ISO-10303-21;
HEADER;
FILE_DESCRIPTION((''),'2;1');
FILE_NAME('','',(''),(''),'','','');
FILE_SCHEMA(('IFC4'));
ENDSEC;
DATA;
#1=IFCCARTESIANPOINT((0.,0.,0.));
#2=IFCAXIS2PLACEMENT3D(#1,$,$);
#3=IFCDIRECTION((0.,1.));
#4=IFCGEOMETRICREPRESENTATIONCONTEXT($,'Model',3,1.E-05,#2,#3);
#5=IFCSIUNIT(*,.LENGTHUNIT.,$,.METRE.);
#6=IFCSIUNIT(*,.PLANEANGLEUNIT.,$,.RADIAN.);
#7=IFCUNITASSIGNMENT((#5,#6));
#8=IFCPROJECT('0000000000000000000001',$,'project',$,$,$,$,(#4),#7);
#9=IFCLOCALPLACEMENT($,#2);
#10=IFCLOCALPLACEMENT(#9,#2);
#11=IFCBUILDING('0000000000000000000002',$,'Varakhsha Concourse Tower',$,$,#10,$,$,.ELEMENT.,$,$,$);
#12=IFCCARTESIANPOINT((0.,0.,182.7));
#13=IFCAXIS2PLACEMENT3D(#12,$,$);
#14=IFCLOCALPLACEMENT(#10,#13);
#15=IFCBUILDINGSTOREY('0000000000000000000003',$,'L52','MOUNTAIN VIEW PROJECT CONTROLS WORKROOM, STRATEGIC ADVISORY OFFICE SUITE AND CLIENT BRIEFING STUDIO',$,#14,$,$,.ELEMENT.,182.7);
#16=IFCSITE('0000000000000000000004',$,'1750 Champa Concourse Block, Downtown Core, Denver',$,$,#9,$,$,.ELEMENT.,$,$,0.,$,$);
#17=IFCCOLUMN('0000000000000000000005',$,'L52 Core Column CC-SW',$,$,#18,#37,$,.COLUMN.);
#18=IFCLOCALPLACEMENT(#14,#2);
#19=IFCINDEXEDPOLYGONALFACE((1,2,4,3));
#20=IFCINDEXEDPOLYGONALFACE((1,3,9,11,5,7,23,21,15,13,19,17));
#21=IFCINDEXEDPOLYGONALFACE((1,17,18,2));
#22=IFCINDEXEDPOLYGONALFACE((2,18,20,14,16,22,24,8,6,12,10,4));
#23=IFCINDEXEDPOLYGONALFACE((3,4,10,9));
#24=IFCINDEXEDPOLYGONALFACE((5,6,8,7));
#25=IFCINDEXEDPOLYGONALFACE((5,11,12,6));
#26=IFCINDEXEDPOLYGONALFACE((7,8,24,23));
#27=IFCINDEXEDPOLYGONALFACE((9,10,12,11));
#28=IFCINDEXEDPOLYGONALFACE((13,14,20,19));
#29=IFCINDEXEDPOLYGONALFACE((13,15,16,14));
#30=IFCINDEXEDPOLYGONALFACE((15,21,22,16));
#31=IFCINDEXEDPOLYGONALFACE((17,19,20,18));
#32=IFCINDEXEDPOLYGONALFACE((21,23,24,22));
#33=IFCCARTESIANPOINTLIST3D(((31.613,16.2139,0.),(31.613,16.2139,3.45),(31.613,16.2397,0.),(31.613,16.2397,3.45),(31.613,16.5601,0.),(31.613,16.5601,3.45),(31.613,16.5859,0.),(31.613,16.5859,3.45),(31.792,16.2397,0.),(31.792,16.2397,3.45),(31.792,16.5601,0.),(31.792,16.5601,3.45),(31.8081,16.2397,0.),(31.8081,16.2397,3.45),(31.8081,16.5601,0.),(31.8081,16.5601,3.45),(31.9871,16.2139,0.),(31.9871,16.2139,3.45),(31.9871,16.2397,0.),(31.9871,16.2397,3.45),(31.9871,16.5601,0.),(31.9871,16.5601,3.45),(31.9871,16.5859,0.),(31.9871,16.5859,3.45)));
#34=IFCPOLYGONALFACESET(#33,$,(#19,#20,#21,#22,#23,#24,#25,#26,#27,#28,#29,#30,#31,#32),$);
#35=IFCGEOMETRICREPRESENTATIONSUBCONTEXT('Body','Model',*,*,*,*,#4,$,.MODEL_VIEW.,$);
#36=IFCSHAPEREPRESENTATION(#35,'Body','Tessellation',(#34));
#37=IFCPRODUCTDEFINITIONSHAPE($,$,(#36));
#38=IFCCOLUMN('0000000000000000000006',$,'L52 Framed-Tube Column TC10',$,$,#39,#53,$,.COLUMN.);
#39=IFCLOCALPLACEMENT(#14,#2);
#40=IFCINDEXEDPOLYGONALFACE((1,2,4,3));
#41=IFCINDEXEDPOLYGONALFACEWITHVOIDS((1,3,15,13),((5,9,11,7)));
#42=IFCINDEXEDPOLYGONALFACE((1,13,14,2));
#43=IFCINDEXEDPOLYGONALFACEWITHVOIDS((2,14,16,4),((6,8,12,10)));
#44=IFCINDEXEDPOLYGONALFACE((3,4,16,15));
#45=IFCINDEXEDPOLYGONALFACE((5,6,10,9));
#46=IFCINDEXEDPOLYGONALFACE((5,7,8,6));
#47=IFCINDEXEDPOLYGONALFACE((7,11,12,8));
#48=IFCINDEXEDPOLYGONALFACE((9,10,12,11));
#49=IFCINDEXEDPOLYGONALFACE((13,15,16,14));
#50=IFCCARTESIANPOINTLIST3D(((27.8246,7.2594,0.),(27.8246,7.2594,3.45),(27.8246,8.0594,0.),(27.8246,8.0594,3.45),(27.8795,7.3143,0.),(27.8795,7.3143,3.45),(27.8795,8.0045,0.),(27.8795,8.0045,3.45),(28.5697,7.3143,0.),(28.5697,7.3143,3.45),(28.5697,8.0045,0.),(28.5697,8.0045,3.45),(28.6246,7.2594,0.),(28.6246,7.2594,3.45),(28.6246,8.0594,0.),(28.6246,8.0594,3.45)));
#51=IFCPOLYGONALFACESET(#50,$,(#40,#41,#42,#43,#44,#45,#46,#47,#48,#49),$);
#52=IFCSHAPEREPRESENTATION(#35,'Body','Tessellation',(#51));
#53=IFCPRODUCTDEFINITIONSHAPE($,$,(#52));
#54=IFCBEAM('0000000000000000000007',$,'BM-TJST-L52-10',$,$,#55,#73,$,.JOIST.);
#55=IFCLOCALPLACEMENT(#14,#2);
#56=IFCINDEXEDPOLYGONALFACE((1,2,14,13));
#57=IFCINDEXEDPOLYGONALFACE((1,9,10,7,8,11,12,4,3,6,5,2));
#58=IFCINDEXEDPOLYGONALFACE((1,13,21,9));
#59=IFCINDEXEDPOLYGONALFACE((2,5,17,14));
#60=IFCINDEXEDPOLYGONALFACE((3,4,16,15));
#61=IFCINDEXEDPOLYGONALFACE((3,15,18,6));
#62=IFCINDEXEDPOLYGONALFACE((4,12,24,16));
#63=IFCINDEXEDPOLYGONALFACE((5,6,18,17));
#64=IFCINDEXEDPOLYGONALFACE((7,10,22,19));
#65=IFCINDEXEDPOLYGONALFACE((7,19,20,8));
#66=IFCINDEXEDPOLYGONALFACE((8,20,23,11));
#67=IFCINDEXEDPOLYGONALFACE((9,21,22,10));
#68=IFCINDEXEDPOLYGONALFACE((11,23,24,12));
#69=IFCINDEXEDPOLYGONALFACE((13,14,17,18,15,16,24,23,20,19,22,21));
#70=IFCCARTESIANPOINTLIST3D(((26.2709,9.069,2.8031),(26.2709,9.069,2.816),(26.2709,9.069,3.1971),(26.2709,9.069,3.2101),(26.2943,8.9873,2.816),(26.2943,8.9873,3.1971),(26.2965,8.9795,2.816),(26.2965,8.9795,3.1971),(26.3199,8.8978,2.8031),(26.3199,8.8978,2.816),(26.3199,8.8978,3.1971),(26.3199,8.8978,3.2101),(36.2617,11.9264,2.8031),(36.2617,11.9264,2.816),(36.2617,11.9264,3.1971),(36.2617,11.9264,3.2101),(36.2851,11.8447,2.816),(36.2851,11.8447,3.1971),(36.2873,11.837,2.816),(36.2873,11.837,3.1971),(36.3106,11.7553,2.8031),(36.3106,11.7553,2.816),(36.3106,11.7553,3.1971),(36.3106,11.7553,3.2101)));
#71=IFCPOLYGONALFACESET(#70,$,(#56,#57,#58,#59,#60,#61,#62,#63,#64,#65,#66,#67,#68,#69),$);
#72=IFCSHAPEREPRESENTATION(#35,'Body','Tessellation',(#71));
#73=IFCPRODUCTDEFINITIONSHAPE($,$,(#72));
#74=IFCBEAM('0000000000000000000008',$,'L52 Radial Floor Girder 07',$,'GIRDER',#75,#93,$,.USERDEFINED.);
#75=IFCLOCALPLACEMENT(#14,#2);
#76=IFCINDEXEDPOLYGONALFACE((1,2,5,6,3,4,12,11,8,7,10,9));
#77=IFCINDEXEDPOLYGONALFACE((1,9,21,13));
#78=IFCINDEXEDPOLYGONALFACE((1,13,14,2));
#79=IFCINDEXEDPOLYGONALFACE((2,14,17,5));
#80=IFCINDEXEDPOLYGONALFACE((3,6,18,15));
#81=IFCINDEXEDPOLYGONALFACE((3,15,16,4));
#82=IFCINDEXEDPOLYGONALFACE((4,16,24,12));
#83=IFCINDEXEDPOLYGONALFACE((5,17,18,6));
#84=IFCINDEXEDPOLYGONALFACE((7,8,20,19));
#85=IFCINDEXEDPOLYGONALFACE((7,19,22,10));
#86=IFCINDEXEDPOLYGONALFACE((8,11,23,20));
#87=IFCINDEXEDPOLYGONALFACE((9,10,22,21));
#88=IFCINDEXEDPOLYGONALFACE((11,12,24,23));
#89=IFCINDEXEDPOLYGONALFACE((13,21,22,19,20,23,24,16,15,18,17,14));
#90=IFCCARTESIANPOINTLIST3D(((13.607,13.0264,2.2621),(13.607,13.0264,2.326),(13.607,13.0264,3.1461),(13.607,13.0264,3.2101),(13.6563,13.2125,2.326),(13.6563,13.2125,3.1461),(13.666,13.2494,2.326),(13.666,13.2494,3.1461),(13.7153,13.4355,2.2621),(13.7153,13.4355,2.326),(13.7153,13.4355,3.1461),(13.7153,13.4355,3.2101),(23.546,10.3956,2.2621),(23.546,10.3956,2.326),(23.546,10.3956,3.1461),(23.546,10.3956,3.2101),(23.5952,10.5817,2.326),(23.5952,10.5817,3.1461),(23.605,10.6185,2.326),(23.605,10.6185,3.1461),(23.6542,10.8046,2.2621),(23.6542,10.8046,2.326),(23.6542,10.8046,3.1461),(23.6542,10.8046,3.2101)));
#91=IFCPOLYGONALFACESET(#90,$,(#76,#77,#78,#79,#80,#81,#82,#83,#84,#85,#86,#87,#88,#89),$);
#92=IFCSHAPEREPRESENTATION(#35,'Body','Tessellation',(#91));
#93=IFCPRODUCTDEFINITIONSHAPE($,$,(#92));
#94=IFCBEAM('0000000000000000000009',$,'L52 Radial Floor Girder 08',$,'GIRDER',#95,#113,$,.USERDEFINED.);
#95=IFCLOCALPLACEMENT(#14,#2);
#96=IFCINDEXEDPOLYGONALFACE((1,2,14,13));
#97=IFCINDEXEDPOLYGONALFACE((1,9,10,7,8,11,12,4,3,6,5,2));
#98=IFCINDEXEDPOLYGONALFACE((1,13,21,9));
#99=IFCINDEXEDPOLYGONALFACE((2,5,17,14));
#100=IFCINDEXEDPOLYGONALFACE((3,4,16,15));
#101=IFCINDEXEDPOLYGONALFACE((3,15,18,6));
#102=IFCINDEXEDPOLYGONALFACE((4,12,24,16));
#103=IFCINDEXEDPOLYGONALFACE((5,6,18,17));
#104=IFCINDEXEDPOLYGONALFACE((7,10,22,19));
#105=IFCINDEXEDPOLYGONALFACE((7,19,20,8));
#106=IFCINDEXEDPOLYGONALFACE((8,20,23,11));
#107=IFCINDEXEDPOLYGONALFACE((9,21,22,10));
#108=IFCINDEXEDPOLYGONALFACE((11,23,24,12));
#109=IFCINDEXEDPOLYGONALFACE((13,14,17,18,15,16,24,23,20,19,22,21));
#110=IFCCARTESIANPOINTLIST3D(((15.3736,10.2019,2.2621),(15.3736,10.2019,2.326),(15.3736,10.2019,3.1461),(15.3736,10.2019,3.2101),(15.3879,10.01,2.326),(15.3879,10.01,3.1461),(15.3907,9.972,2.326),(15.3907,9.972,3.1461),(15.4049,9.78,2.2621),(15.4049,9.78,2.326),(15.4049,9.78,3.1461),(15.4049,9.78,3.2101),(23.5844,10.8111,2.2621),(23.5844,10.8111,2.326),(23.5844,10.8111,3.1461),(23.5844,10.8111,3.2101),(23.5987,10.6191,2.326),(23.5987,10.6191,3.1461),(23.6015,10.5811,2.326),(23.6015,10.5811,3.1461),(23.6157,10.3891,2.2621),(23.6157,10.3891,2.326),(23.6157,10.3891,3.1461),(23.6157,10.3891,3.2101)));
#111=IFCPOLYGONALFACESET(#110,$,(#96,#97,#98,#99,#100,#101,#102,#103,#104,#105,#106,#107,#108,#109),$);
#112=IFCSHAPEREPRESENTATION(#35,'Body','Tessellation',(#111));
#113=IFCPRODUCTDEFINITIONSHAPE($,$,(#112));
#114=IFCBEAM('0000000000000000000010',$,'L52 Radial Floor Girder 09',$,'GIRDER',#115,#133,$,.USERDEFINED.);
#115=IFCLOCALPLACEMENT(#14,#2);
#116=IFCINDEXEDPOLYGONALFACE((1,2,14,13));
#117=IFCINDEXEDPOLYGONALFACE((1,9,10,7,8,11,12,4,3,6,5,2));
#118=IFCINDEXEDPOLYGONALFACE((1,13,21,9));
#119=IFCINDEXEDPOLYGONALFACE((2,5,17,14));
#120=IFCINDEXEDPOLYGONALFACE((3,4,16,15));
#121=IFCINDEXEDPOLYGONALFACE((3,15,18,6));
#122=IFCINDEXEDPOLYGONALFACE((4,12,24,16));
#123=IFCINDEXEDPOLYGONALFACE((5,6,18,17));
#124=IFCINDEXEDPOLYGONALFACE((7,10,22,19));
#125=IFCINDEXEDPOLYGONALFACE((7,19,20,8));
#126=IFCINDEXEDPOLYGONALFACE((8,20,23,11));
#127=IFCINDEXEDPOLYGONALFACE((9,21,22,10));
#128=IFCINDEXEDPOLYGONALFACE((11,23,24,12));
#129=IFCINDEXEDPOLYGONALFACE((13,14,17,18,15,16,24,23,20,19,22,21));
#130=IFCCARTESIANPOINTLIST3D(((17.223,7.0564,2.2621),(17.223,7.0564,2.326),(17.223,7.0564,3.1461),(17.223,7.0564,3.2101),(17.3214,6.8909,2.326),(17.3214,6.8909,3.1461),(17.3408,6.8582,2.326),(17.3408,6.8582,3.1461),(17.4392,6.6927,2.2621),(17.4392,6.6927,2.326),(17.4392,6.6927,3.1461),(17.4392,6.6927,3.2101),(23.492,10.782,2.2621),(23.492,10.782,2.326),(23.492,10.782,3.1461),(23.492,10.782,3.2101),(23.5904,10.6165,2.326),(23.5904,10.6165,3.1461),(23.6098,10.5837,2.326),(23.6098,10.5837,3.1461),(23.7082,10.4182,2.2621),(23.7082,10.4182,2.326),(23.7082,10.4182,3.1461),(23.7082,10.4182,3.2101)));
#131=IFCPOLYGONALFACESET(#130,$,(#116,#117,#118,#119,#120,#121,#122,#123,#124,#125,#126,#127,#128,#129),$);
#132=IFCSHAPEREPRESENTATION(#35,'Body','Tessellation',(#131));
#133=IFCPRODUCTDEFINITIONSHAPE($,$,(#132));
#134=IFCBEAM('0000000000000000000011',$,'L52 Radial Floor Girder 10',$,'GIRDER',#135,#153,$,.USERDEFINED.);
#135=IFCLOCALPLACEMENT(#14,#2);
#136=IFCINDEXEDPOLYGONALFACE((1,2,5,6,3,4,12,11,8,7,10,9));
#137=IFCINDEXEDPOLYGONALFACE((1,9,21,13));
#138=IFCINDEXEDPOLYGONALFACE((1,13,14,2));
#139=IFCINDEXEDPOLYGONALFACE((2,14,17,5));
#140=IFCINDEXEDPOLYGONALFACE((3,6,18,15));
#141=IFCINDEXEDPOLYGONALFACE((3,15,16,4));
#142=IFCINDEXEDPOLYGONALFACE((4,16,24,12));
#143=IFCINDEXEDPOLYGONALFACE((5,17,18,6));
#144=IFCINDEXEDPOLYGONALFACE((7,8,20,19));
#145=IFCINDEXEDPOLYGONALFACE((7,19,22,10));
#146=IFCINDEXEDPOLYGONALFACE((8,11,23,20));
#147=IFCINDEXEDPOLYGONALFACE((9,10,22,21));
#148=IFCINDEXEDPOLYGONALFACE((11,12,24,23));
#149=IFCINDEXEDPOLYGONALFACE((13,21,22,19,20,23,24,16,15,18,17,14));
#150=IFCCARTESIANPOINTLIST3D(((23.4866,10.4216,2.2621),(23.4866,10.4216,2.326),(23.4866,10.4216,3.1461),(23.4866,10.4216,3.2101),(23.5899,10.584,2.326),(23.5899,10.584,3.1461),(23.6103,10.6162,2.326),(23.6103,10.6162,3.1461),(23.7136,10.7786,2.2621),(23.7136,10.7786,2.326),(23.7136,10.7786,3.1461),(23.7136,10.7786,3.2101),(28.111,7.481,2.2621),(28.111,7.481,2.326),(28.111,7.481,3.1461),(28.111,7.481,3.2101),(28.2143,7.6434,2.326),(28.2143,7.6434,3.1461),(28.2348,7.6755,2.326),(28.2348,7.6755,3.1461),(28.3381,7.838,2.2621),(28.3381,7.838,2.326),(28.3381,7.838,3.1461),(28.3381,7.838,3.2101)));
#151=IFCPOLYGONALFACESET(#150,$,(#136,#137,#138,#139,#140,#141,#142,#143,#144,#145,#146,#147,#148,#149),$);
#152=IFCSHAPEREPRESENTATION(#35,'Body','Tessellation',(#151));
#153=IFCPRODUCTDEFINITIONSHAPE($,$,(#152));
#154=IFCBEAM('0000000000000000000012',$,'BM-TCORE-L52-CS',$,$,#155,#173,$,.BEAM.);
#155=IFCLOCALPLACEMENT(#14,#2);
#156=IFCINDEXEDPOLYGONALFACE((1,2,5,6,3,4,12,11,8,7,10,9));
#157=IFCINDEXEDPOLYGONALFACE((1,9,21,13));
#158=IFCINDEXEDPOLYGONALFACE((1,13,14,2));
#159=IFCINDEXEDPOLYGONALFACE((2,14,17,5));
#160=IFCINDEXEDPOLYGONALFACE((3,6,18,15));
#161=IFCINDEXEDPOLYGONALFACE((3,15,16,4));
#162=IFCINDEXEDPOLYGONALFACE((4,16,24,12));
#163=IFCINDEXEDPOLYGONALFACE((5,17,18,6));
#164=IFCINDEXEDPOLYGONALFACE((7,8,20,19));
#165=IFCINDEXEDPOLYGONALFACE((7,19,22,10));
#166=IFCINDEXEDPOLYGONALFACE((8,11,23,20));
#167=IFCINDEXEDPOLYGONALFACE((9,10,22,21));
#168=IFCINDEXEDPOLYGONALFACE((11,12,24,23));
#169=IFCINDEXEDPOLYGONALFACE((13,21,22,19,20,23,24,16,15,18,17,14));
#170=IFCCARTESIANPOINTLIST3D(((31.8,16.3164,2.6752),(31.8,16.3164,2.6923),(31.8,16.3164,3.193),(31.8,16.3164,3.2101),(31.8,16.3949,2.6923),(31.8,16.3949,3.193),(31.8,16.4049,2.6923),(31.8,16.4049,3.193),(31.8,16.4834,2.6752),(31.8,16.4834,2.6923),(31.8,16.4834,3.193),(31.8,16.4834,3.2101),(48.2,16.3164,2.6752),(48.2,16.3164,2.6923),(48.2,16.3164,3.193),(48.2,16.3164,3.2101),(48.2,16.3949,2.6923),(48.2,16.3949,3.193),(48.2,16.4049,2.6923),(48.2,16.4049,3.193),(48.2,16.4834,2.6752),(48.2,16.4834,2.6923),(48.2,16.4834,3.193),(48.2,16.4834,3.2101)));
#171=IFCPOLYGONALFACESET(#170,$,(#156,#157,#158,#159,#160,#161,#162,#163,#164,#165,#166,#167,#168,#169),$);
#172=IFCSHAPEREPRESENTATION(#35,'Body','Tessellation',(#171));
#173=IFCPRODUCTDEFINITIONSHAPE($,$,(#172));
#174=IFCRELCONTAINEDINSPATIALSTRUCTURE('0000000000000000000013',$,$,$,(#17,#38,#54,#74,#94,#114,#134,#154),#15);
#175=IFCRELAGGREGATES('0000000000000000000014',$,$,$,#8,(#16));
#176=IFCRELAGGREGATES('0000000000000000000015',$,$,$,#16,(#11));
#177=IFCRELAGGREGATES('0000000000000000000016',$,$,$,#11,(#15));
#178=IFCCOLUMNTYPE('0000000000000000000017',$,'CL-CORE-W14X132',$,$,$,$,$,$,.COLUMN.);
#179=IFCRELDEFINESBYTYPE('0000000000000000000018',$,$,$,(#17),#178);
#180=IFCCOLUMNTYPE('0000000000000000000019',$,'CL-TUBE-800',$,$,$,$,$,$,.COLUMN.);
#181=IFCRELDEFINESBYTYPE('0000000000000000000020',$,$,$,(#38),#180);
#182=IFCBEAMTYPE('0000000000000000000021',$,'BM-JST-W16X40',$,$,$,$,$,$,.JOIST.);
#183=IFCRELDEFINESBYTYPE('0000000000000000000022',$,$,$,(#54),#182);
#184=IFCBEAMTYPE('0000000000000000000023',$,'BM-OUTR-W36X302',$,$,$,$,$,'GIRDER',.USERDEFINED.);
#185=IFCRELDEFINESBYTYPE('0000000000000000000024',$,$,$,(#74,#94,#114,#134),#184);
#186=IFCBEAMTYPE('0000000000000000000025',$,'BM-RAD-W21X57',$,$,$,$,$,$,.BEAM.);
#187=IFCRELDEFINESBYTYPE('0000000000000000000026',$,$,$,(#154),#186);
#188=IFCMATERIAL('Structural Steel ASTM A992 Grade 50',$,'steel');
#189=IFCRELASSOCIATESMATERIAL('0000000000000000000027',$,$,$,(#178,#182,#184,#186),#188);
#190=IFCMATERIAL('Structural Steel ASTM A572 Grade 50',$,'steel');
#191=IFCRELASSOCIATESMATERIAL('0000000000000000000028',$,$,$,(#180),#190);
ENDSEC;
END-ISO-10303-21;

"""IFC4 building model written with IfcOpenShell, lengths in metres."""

from ifc_helpers import new_model, si_unit, direction, frame, origin, origin_2d, place, context, subcontext, project, spatial, hollow_rectangle, i_section, extrude, material, material_profile, profile_set, type_object, element, save


model = new_model("IFC4")

# Units and contexts
model_context = context("Model", 3, precision=1e-05, world=origin(), true_north=direction((0.0, 1.0)))
body_context = subcontext(model_context, "Body", "Model", "MODEL_VIEW")
ifc_project = project(units=[si_unit("LENGTHUNIT", "METRE"), si_unit("PLANEANGLEUNIT", "RADIAN")], contexts=[model_context])

# Site, building, storey
site_placement = place(None, origin())
site = spatial("IfcSite", under=ifc_project, at=site_placement, Name="1750 Champa Concourse Block, Downtown Core, Denver", CompositionType="ELEMENT", RefElevation=0.0)
building_placement = place(site_placement, origin())
building = spatial("IfcBuilding", under=site, at=building_placement, Name="Varakhsha Concourse Tower", CompositionType="ELEMENT")
storey_placement = place(building_placement, frame((0.0, 0.0, 182.7)))
storey = spatial("IfcBuildingStorey", under=building, at=storey_placement, Name="L52", Description="MOUNTAIN VIEW PROJECT CONTROLS WORKROOM, STRATEGIC ADVISORY OFFICE SUITE AND CLIENT BRIEFING STUDIO", CompositionType="ELEMENT", Elevation=182.7)

# Columns
ifc_material_1 = material(Name="Structural Steel ASTM A992 Grade 50", Category="steel")
ifc_material_profile_1 = material_profile(ifc_material_1, i_section(OverallWidth=0.374, OverallDepth=0.3721, WebThickness=0.0161, FlangeThickness=0.0259, at=origin_2d()), Name="W14X132")
ifc_profile_set_1 = profile_set([ifc_material_profile_1], Name="Structural Steel ASTM A992 Grade 50")
column_type_1 = type_object("IfcColumnType", Name="CL-CORE-W14X132", PredefinedType="COLUMN", material=ifc_profile_set_1)
column_1_placement = place(storey_placement, frame((31.8, 16.3999, 0.0), z_axis=(0.0, 0.0, 1.0), x_axis=(1.0, 0.0, 0.0)))
element("IfcColumn", 1, at=column_1_placement, inside=storey, type_object=column_type_1, Name="L52 Core Column CC-SW", PredefinedType="COLUMN", context=body_context, shape_type="SweptSolid", body=[
    extrude(i_section(OverallWidth=0.374, OverallDepth=0.3721, WebThickness=0.0161, FlangeThickness=0.0259, at=origin_2d()), origin(), (0.0, 0.0, 1.0), 3.45),
])
ifc_material_2 = material(Name="Structural Steel ASTM A572 Grade 50", Category="steel")
ifc_material_profile_2 = material_profile(ifc_material_2, hollow_rectangle(XDim=0.8, YDim=0.8, WallThickness=0.0549, at=origin_2d()), Name="BOX 800x800x55")
ifc_profile_set_2 = profile_set([ifc_material_profile_2], Name="Structural Steel ASTM A572 Grade 50")
column_type_2 = type_object("IfcColumnType", Name="CL-TUBE-800", PredefinedType="COLUMN", material=ifc_profile_set_2)
column_2_placement = place(storey_placement, frame((28.2246, 7.6594, 0.0), z_axis=(0.0, 0.0, 1.0), x_axis=(1.0, 0.0, 0.0)))
element("IfcColumn", 2, at=column_2_placement, inside=storey, type_object=column_type_2, Name="L52 Framed-Tube Column TC10", PredefinedType="COLUMN", context=body_context, shape_type="SweptSolid", body=[
    extrude(hollow_rectangle(XDim=0.8, YDim=0.8, WallThickness=0.0549, at=origin_2d()), origin(), (0.0, 0.0, 1.0), 3.45),
])

# Beams
ifc_material_profile_3 = material_profile(ifc_material_1, i_section(OverallWidth=0.178, OverallDepth=0.407, WebThickness=0.0081, FlangeThickness=0.0129, at=origin_2d()), Name="W16X40")
ifc_profile_set_3 = profile_set([ifc_material_profile_3], Name="Structural Steel ASTM A992 Grade 50")
beam_type_1 = type_object("IfcBeamType", Name="BM-JST-W16X40", PredefinedType="JOIST", material=ifc_profile_set_3)
beam_1_placement = place(storey_placement, frame((26.2954, 8.9834, 3.0066), z_axis=(0.961449, 0.274982, 0.0), x_axis=(-0.274982, 0.961449, 0.0)))
element("IfcBeam", 3, at=beam_1_placement, inside=storey, type_object=beam_type_1, Name="BM-TJST-L52-10", PredefinedType="JOIST", context=body_context, shape_type="SweptSolid", body=[
    extrude(i_section(OverallWidth=0.178, OverallDepth=0.407, WebThickness=0.0081, FlangeThickness=0.0129, at=origin_2d()), origin(), (0.0, 0.0, 1.0), 10.3914),
])
ifc_material_profile_4 = material_profile(ifc_material_1, i_section(OverallWidth=0.4231, OverallDepth=0.948, WebThickness=0.0381, FlangeThickness=0.064, at=origin_2d()), Name="W36X302")
ifc_profile_set_4 = profile_set([ifc_material_profile_4], Name="Structural Steel ASTM A992 Grade 50")
beam_type_2 = type_object("IfcBeamType", Name="BM-OUTR-W36X302", ElementType="GIRDER", PredefinedType="USERDEFINED", material=ifc_profile_set_4)
beam_2_placement = place(storey_placement, frame((23.6001, 10.6001, 2.7361), z_axis=(-0.966706, 0.255889, 0.0), x_axis=(-0.255889, -0.966706, 0.0)))
element("IfcBeam", 4, at=beam_2_placement, inside=storey, type_object=beam_type_2, Name="L52 Radial Floor Girder 07", ObjectType="GIRDER", PredefinedType="USERDEFINED", context=body_context, shape_type="SweptSolid", body=[
    extrude(i_section(OverallWidth=0.4231, OverallDepth=0.948, WebThickness=0.0381, FlangeThickness=0.064, at=origin_2d()), origin(), (0.0, 0.0, 1.0), 10.2812),
])
beam_3_placement = place(storey_placement, frame((23.6001, 10.6001, 2.7361), z_axis=(-0.99726, -0.073982, 0.0), x_axis=(0.073982, -0.99726, 0.0)))
element("IfcBeam", 5, at=beam_3_placement, inside=storey, type_object=beam_type_2, Name="L52 Radial Floor Girder 08", ObjectType="GIRDER", PredefinedType="USERDEFINED", context=body_context, shape_type="SweptSolid", body=[
    extrude(i_section(OverallWidth=0.4231, OverallDepth=0.948, WebThickness=0.0381, FlangeThickness=0.064, at=origin_2d()), origin(), (0.0, 0.0, 1.0), 8.2334),
])
beam_4_placement = place(storey_placement, frame((23.6001, 10.6001, 2.7361), z_axis=(-0.859654, -0.510878, 0.0), x_axis=(0.510878, -0.859654, 0.0)))
element("IfcBeam", 6, at=beam_4_placement, inside=storey, type_object=beam_type_2, Name="L52 Radial Floor Girder 09", ObjectType="GIRDER", PredefinedType="USERDEFINED", context=body_context, shape_type="SweptSolid", body=[
    extrude(i_section(OverallWidth=0.4231, OverallDepth=0.948, WebThickness=0.0381, FlangeThickness=0.064, at=origin_2d()), origin(), (0.0, 0.0, 1.0), 7.2925),
])
beam_5_placement = place(storey_placement, frame((23.6001, 10.6001, 2.7361), z_axis=(0.843843, -0.53659, 0.0), x_axis=(0.53659, 0.843843, 0.0)))
element("IfcBeam", 7, at=beam_5_placement, inside=storey, type_object=beam_type_2, Name="L52 Radial Floor Girder 10", ObjectType="GIRDER", PredefinedType="USERDEFINED", context=body_context, shape_type="SweptSolid", body=[
    extrude(i_section(OverallWidth=0.4231, OverallDepth=0.948, WebThickness=0.0381, FlangeThickness=0.064, at=origin_2d()), origin(), (0.0, 0.0, 1.0), 5.4802),
])
ifc_material_profile_5 = material_profile(ifc_material_1, i_section(OverallWidth=0.167, OverallDepth=0.5349, WebThickness=0.01, FlangeThickness=0.0171, at=origin_2d()), Name="W21X57")
ifc_profile_set_5 = profile_set([ifc_material_profile_5], Name="Structural Steel ASTM A992 Grade 50")
beam_type_3 = type_object("IfcBeamType", Name="BM-RAD-W21X57", PredefinedType="BEAM", material=ifc_profile_set_5)
beam_6_placement = place(storey_placement, frame((31.8, 16.3999, 2.9426), z_axis=(1.0, 0.0, 0.0), x_axis=(0.0, 1.0, 0.0)))
element("IfcBeam", 8, at=beam_6_placement, inside=storey, type_object=beam_type_3, Name="BM-TCORE-L52-CS", PredefinedType="BEAM", context=body_context, shape_type="SweptSolid", body=[
    extrude(i_section(OverallWidth=0.167, OverallDepth=0.5349, WebThickness=0.01, FlangeThickness=0.0171, at=origin_2d()), origin(), (0.0, 0.0, 1.0), 16.3999),
])

save(model, "model.ifc")
